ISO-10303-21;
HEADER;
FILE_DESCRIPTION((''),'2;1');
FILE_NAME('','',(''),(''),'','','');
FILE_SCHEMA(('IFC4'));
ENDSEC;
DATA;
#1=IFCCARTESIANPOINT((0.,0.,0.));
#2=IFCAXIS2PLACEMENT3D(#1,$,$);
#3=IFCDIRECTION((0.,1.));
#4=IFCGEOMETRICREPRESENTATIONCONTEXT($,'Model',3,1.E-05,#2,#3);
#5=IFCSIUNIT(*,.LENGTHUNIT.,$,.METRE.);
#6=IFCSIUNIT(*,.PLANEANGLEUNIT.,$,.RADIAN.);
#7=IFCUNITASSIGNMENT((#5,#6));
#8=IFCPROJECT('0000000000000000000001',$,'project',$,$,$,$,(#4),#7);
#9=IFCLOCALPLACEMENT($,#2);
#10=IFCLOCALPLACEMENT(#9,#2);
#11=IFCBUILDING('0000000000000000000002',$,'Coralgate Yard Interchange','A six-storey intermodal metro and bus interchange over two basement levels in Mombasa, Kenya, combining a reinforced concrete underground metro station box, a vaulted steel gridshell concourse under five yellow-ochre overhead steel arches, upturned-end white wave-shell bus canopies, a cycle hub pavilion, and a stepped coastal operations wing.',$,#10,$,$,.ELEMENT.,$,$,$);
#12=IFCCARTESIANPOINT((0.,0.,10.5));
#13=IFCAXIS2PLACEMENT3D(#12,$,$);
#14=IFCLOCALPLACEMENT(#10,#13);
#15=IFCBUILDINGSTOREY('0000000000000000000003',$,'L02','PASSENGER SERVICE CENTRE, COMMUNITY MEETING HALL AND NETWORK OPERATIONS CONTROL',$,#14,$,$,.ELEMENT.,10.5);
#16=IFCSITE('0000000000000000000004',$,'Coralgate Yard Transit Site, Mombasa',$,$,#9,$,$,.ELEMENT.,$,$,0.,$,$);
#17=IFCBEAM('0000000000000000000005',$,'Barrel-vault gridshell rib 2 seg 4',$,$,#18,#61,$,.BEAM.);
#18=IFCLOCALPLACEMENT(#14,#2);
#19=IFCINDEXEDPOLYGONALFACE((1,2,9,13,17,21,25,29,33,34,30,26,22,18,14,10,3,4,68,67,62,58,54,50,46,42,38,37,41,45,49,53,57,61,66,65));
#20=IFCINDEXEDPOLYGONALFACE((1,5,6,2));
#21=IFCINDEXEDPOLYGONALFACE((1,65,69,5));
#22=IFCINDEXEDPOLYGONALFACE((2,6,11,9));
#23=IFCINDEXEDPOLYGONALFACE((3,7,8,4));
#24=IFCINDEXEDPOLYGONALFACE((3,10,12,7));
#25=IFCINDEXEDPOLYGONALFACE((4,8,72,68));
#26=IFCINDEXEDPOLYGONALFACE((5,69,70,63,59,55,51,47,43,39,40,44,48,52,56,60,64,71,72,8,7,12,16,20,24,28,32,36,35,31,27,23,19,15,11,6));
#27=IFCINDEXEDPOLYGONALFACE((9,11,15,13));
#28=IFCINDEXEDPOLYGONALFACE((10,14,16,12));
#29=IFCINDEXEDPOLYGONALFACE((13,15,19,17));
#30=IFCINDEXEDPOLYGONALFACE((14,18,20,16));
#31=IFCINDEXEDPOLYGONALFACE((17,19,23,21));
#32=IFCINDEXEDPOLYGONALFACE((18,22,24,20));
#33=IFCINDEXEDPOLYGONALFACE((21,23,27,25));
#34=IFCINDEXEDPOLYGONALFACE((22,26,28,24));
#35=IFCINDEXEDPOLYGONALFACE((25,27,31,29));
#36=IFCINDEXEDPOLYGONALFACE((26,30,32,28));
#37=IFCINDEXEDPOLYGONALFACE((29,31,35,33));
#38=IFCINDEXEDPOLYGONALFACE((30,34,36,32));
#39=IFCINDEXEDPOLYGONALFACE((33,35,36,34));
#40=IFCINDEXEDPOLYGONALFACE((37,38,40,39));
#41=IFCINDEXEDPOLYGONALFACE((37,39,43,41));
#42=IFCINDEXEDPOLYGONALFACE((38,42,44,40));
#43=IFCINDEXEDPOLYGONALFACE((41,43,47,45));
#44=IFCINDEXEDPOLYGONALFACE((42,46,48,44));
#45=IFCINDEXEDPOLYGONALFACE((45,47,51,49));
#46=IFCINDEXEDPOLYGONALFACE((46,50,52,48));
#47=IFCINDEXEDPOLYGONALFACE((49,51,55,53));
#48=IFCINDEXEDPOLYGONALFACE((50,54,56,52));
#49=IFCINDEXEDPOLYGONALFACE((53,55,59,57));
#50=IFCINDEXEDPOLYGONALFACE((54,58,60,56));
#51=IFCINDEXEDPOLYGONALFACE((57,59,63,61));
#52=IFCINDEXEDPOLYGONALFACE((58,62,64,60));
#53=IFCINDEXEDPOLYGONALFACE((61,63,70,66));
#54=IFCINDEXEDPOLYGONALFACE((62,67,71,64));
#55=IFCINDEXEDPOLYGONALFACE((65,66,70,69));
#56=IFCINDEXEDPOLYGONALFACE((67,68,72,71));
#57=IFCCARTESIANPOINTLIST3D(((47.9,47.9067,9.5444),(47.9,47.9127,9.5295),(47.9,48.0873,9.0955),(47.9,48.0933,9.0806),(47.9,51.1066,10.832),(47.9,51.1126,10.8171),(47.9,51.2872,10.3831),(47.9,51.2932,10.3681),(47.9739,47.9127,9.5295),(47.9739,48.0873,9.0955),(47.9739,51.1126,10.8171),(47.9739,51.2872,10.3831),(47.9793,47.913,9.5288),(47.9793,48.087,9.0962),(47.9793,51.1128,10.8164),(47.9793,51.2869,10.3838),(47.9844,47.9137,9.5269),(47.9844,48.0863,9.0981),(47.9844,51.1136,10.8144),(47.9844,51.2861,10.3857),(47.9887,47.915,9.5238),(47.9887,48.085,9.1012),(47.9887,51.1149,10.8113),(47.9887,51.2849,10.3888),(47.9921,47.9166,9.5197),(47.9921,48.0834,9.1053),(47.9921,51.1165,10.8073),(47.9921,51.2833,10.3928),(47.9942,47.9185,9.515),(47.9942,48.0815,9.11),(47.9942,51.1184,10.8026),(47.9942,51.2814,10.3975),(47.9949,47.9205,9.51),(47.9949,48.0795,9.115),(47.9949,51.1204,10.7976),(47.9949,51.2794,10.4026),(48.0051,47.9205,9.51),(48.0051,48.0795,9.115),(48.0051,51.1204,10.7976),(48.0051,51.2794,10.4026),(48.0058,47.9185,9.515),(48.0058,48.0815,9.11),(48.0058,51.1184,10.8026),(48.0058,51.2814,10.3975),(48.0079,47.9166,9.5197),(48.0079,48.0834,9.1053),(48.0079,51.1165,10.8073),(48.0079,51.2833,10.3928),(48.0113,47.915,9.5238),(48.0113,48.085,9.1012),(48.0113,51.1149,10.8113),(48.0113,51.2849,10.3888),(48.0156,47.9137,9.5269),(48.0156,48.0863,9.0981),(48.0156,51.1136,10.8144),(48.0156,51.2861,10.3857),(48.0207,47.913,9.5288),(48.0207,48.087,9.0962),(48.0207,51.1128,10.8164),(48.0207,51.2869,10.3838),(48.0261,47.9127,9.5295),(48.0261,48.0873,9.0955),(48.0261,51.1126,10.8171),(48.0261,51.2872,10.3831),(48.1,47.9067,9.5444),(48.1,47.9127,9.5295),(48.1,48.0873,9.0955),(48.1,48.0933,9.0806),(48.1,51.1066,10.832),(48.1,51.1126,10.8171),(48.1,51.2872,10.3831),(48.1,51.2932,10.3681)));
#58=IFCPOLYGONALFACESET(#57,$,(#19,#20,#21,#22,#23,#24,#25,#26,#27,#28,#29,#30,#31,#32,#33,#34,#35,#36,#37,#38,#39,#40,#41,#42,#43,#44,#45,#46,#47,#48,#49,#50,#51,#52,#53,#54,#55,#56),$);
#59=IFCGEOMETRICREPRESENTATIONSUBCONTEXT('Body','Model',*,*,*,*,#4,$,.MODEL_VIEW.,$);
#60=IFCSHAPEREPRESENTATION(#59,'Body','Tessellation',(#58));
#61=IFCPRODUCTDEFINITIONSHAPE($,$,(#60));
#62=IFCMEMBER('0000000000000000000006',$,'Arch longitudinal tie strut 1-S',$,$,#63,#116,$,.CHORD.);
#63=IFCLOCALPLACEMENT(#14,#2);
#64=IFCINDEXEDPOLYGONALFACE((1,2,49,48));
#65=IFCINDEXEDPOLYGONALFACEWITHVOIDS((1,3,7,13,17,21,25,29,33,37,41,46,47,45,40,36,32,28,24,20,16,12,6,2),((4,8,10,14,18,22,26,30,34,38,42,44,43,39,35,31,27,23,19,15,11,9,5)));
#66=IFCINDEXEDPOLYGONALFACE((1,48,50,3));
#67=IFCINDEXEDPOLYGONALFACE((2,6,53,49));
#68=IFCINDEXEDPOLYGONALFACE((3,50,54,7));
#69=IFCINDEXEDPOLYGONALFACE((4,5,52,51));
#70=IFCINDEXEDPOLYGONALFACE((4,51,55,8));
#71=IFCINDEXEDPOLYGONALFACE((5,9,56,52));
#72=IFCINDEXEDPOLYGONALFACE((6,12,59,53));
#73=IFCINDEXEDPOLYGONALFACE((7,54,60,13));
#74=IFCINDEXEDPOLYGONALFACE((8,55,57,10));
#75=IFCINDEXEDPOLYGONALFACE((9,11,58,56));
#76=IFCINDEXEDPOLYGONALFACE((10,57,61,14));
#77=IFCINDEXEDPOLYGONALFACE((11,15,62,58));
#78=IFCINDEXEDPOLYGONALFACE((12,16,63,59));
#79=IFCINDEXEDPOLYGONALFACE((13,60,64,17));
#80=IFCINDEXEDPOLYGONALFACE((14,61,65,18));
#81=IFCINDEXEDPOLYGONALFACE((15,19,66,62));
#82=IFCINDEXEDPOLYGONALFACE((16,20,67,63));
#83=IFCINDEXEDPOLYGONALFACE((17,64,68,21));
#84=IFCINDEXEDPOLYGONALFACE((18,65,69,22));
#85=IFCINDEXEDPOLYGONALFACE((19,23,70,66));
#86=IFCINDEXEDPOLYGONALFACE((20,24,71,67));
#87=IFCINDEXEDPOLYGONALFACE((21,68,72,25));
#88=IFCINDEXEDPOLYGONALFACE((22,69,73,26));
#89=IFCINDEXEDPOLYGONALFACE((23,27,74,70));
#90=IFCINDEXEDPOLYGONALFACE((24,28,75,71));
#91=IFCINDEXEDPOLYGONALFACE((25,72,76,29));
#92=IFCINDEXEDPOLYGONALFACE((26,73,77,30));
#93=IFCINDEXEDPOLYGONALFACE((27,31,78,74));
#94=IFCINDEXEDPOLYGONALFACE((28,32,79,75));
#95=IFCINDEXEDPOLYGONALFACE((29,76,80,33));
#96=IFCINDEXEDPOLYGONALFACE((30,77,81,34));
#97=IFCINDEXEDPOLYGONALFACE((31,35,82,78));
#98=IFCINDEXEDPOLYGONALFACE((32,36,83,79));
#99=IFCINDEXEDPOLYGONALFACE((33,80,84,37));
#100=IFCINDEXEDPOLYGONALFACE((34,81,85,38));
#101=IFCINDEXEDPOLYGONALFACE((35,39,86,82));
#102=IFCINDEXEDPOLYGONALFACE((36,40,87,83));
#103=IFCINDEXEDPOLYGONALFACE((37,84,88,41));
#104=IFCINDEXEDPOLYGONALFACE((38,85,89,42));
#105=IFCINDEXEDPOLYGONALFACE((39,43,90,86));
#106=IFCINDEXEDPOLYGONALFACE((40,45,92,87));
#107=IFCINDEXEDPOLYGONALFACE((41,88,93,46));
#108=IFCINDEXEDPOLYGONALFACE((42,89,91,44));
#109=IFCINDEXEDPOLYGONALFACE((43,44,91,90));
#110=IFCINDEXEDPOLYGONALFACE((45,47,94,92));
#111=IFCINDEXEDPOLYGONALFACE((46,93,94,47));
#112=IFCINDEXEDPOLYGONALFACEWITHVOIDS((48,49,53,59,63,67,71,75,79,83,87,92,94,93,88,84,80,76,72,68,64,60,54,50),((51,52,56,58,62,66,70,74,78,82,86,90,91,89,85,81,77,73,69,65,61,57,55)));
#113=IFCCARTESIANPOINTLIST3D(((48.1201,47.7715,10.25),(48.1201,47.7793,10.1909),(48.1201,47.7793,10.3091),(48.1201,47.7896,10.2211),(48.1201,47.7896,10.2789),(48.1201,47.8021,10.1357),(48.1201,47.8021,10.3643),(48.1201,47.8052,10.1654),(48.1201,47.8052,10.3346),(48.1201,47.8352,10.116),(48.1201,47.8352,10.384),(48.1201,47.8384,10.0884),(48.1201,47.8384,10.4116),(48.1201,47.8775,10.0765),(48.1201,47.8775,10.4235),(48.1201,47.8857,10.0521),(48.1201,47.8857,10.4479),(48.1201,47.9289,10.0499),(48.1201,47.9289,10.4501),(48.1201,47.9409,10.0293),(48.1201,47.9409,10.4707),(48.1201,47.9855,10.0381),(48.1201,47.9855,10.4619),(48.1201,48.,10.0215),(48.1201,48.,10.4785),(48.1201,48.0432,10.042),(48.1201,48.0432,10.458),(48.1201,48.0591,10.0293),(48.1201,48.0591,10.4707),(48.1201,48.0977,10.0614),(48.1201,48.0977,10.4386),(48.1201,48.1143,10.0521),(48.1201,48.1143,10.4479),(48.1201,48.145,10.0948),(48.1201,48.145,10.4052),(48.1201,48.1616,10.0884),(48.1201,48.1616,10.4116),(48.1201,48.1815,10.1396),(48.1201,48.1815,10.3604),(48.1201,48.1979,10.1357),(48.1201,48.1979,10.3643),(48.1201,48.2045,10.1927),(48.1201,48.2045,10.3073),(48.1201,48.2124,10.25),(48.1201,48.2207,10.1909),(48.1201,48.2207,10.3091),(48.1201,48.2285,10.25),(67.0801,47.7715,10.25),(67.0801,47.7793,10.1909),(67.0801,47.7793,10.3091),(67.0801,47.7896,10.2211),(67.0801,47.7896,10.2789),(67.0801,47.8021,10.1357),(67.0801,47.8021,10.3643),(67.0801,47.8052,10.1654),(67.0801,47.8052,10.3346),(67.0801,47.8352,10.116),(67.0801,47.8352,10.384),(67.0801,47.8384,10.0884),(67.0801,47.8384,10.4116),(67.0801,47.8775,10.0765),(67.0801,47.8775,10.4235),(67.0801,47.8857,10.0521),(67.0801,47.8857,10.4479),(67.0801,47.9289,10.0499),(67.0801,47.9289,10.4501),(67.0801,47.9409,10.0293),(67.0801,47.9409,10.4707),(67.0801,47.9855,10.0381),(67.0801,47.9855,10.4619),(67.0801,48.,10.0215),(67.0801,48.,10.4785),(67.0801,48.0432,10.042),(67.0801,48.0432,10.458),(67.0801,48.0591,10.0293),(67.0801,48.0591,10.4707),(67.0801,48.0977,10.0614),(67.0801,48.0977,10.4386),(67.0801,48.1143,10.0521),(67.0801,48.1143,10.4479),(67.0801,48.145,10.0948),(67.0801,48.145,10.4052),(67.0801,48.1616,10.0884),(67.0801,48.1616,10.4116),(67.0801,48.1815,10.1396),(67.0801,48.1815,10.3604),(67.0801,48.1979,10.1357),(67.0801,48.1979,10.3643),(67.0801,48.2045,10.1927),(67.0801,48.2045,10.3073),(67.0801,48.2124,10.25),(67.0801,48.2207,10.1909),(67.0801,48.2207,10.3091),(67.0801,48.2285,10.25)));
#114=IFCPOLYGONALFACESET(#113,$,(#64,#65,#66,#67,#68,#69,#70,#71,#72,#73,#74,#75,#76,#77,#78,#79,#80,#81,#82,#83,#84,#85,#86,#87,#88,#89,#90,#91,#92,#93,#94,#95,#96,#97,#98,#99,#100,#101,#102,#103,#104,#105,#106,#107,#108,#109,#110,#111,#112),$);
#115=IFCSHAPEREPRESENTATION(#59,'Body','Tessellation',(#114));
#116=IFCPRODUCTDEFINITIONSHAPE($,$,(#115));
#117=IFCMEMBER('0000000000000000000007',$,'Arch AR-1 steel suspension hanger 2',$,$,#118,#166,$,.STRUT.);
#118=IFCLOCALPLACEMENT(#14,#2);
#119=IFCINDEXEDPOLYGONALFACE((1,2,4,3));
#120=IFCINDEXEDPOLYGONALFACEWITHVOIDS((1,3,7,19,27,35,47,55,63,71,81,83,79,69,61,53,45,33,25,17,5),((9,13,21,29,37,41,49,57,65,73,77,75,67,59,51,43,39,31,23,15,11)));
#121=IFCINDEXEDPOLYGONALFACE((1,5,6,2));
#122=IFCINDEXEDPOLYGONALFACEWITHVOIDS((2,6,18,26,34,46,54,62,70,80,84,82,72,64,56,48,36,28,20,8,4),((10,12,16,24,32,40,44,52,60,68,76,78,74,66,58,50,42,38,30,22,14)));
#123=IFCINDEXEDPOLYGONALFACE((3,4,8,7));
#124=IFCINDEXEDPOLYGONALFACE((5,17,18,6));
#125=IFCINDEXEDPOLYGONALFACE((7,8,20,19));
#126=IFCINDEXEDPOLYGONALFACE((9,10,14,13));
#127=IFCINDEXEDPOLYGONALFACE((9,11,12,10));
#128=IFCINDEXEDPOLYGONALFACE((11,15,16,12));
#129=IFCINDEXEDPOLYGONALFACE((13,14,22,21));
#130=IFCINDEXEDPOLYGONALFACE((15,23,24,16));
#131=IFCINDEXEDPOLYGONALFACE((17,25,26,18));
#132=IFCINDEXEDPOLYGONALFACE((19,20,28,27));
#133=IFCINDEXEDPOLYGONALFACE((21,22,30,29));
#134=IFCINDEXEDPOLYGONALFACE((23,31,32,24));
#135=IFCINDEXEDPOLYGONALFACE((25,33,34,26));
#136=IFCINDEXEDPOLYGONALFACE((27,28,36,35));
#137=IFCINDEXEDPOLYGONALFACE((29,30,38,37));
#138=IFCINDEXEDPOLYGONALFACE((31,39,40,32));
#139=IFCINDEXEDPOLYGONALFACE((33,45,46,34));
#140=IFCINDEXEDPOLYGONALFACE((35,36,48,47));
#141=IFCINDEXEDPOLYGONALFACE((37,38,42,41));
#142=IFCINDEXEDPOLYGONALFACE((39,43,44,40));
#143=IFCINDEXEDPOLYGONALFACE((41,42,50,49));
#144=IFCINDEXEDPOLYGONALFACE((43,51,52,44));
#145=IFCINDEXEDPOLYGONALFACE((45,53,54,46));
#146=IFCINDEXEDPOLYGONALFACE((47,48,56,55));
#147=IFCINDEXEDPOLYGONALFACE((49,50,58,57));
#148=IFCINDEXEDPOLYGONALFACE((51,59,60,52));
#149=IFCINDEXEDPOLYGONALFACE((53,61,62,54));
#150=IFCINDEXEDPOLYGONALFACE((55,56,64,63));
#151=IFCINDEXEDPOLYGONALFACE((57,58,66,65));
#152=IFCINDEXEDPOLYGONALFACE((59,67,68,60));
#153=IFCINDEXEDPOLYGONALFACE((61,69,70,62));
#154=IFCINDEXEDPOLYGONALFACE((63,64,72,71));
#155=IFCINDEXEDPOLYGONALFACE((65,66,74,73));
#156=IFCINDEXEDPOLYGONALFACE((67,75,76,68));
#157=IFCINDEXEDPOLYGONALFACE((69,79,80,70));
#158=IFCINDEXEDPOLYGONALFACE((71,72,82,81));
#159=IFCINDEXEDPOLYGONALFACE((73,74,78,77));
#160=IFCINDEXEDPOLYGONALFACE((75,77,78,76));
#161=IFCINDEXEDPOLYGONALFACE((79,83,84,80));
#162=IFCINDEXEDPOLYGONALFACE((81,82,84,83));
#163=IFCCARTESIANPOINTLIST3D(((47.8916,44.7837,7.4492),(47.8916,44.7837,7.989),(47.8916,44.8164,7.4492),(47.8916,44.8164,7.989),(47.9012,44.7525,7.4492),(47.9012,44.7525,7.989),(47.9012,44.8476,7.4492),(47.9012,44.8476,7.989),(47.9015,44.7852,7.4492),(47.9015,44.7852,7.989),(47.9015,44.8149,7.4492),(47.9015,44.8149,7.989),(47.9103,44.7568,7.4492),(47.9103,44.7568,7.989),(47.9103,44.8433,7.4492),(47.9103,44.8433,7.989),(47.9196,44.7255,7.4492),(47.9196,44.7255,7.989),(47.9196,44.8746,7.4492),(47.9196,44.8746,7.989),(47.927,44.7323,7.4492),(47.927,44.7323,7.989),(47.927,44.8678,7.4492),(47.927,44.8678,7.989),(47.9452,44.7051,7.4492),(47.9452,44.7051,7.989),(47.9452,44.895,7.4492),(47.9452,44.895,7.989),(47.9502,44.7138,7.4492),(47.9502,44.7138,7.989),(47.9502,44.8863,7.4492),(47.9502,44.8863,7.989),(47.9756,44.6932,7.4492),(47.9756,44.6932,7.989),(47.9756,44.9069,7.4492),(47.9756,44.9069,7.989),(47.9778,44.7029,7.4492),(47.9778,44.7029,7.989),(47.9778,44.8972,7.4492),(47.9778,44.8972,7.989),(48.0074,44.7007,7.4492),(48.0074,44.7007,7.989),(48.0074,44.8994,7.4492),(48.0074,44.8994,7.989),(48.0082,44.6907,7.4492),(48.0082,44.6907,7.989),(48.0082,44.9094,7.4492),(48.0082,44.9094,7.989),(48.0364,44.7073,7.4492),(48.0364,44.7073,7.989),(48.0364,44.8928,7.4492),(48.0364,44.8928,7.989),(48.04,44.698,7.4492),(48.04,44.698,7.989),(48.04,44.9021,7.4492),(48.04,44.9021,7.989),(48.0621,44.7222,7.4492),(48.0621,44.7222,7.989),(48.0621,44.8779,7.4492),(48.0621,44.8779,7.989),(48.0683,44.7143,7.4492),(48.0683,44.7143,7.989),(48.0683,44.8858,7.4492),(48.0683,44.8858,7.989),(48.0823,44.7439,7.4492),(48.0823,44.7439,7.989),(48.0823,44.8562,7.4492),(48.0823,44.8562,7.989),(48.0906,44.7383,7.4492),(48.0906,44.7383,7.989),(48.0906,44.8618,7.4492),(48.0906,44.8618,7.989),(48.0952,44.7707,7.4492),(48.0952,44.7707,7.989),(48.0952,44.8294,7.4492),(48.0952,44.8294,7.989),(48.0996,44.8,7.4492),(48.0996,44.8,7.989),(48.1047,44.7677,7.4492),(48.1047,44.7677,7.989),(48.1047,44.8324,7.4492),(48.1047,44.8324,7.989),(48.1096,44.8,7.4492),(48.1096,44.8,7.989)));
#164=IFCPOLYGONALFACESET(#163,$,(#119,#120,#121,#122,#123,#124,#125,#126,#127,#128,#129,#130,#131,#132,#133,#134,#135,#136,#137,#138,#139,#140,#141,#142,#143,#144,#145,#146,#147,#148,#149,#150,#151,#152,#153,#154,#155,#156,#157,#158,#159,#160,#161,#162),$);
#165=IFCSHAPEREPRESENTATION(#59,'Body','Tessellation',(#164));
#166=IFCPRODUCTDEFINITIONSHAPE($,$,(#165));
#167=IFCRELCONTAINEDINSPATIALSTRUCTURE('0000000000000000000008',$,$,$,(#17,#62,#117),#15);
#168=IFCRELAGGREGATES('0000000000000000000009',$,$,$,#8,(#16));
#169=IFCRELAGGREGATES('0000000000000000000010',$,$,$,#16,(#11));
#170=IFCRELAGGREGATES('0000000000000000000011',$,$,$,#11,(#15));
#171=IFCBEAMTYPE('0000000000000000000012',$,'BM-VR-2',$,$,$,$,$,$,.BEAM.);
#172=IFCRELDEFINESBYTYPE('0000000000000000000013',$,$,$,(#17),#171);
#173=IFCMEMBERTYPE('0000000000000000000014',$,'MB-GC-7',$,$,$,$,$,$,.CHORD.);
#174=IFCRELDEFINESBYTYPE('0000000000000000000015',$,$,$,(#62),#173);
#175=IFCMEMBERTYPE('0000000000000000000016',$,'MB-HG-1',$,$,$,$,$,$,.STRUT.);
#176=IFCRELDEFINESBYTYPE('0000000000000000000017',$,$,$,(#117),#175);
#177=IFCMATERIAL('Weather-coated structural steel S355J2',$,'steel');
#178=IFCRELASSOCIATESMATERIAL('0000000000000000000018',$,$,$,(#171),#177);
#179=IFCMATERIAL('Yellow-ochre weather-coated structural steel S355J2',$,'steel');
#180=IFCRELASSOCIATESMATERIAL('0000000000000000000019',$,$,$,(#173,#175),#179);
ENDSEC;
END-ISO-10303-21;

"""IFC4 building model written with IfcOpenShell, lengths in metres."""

from ifc_helpers import new_model, si_unit, direction, frame, origin, origin_2d, place, context, subcontext, project, spatial, hollow_circle, i_section, extrude, material, material_profile, profile_set, type_object, element, save


model = new_model("IFC4")

# Units and contexts
model_context = context("Model", 3, precision=1e-05, world=origin(), true_north=direction((0.0, 1.0)))
body_context = subcontext(model_context, "Body", "Model", "MODEL_VIEW")
ifc_project = project(units=[si_unit("LENGTHUNIT", "METRE"), si_unit("PLANEANGLEUNIT", "RADIAN")], contexts=[model_context])

# Site, building, storey
site_placement = place(None, origin())
site = spatial("IfcSite", under=ifc_project, at=site_placement, Name="Coralgate Yard Transit Site, Mombasa", CompositionType="ELEMENT", RefElevation=0.0)
building_placement = place(site_placement, origin())
building = spatial("IfcBuilding", under=site, at=building_placement, Name="Coralgate Yard Interchange", Description="A six-storey intermodal metro and bus interchange over two basement levels in Mombasa, Kenya, combining a reinforced concrete underground metro station box, a vaulted steel gridshell concourse under five yellow-ochre overhead steel arches, upturned-end white wave-shell bus canopies, a cycle hub pavilion, and a stepped coastal operations wing.", CompositionType="ELEMENT")
storey_placement = place(building_placement, frame((0.0, 0.0, 10.5)))
storey = spatial("IfcBuildingStorey", under=building, at=storey_placement, Name="L02", Description="PASSENGER SERVICE CENTRE, COMMUNITY MEETING HALL AND NETWORK OPERATIONS CONTROL", CompositionType="ELEMENT", Elevation=10.5)

# Beam
ifc_material_1 = material(Name="Yellow-ochre weather-coated structural steel S355J2", Category="steel")
ifc_material_2 = material(Name="Weather-coated structural steel S355J2", Category="steel")
ifc_material_profile_1 = material_profile(ifc_material_2, i_section(OverallWidth=0.2, OverallDepth=0.5, WebThickness=0.0103, FlangeThickness=0.0161, FilletRadius=0.021, at=origin_2d()), Name="IPE 500")
ifc_profile_set_1 = profile_set([ifc_material_profile_1], Name="Weather-coated structural steel S355J2")
beam_type_1 = type_object("IfcBeamType", Name="BM-VR-2", PredefinedType="BEAM", material=ifc_profile_set_1)
beam_1_placement = place(storey_placement, frame((48.0, 48.0, 9.3125), z_axis=(0.0, 0.927713, 0.373294), x_axis=(-1.0, 0.0, 0.0)))
element("IfcBeam", 1, at=beam_1_placement, inside=storey, type_object=beam_type_1, Name="Barrel-vault gridshell rib 2 seg 4", PredefinedType="BEAM", context=body_context, shape_type="SweptSolid", body=[
    extrude(i_section(OverallWidth=0.2, OverallDepth=0.5, WebThickness=0.0103, FlangeThickness=0.0161, FilletRadius=0.021, at=origin_2d()), origin(), (0.0, 0.0, 1.0), 3.4492),
])

# Members
ifc_material_profile_2 = material_profile(ifc_material_1, hollow_circle(Radius=0.2285, WallThickness=0.0161, at=origin_2d()), Name="CHS 457x16")
ifc_profile_set_2 = profile_set([ifc_material_profile_2], Name="Yellow-ochre weather-coated structural steel S355J2")
member_type_1 = type_object("IfcMemberType", Name="MB-GC-7", PredefinedType="CHORD", material=ifc_profile_set_2)
member_1_placement = place(storey_placement, frame((48.1201, 48.0, 10.25), z_axis=(1.0, 0.0, 0.0), x_axis=(0.0, 1.0, 0.0)))
element("IfcMember", 2, at=member_1_placement, inside=storey, type_object=member_type_1, Name="Arch longitudinal tie strut 1-S", PredefinedType="CHORD", context=body_context, shape_type="SweptSolid", body=[
    extrude(hollow_circle(Radius=0.2285, WallThickness=0.0161, at=origin_2d()), origin(), (0.0, 0.0, 1.0), 18.96),
])
ifc_material_profile_3 = material_profile(ifc_material_1, hollow_circle(Radius=0.1096, WallThickness=0.01, at=origin_2d()), Name="CHS 219.1x10")
ifc_profile_set_3 = profile_set([ifc_material_profile_3], Name="Yellow-ochre weather-coated structural steel S355J2")
member_type_2 = type_object("IfcMemberType", Name="MB-HG-1", PredefinedType="STRUT", material=ifc_profile_set_3)
member_2_placement = place(storey_placement, frame((48.0, 44.8, 7.4492), z_axis=(0.0, 0.0, 1.0), x_axis=(1.0, 0.0, 0.0)))
element("IfcMember", 3, at=member_2_placement, inside=storey, type_object=member_type_2, Name="Arch AR-1 steel suspension hanger 2", PredefinedType="STRUT", context=body_context, shape_type="SweptSolid", body=[
    extrude(hollow_circle(Radius=0.1096, WallThickness=0.01, at=origin_2d()), origin(), (0.0, 0.0, 1.0), 0.5398),
])

save(model, "model.ifc")
